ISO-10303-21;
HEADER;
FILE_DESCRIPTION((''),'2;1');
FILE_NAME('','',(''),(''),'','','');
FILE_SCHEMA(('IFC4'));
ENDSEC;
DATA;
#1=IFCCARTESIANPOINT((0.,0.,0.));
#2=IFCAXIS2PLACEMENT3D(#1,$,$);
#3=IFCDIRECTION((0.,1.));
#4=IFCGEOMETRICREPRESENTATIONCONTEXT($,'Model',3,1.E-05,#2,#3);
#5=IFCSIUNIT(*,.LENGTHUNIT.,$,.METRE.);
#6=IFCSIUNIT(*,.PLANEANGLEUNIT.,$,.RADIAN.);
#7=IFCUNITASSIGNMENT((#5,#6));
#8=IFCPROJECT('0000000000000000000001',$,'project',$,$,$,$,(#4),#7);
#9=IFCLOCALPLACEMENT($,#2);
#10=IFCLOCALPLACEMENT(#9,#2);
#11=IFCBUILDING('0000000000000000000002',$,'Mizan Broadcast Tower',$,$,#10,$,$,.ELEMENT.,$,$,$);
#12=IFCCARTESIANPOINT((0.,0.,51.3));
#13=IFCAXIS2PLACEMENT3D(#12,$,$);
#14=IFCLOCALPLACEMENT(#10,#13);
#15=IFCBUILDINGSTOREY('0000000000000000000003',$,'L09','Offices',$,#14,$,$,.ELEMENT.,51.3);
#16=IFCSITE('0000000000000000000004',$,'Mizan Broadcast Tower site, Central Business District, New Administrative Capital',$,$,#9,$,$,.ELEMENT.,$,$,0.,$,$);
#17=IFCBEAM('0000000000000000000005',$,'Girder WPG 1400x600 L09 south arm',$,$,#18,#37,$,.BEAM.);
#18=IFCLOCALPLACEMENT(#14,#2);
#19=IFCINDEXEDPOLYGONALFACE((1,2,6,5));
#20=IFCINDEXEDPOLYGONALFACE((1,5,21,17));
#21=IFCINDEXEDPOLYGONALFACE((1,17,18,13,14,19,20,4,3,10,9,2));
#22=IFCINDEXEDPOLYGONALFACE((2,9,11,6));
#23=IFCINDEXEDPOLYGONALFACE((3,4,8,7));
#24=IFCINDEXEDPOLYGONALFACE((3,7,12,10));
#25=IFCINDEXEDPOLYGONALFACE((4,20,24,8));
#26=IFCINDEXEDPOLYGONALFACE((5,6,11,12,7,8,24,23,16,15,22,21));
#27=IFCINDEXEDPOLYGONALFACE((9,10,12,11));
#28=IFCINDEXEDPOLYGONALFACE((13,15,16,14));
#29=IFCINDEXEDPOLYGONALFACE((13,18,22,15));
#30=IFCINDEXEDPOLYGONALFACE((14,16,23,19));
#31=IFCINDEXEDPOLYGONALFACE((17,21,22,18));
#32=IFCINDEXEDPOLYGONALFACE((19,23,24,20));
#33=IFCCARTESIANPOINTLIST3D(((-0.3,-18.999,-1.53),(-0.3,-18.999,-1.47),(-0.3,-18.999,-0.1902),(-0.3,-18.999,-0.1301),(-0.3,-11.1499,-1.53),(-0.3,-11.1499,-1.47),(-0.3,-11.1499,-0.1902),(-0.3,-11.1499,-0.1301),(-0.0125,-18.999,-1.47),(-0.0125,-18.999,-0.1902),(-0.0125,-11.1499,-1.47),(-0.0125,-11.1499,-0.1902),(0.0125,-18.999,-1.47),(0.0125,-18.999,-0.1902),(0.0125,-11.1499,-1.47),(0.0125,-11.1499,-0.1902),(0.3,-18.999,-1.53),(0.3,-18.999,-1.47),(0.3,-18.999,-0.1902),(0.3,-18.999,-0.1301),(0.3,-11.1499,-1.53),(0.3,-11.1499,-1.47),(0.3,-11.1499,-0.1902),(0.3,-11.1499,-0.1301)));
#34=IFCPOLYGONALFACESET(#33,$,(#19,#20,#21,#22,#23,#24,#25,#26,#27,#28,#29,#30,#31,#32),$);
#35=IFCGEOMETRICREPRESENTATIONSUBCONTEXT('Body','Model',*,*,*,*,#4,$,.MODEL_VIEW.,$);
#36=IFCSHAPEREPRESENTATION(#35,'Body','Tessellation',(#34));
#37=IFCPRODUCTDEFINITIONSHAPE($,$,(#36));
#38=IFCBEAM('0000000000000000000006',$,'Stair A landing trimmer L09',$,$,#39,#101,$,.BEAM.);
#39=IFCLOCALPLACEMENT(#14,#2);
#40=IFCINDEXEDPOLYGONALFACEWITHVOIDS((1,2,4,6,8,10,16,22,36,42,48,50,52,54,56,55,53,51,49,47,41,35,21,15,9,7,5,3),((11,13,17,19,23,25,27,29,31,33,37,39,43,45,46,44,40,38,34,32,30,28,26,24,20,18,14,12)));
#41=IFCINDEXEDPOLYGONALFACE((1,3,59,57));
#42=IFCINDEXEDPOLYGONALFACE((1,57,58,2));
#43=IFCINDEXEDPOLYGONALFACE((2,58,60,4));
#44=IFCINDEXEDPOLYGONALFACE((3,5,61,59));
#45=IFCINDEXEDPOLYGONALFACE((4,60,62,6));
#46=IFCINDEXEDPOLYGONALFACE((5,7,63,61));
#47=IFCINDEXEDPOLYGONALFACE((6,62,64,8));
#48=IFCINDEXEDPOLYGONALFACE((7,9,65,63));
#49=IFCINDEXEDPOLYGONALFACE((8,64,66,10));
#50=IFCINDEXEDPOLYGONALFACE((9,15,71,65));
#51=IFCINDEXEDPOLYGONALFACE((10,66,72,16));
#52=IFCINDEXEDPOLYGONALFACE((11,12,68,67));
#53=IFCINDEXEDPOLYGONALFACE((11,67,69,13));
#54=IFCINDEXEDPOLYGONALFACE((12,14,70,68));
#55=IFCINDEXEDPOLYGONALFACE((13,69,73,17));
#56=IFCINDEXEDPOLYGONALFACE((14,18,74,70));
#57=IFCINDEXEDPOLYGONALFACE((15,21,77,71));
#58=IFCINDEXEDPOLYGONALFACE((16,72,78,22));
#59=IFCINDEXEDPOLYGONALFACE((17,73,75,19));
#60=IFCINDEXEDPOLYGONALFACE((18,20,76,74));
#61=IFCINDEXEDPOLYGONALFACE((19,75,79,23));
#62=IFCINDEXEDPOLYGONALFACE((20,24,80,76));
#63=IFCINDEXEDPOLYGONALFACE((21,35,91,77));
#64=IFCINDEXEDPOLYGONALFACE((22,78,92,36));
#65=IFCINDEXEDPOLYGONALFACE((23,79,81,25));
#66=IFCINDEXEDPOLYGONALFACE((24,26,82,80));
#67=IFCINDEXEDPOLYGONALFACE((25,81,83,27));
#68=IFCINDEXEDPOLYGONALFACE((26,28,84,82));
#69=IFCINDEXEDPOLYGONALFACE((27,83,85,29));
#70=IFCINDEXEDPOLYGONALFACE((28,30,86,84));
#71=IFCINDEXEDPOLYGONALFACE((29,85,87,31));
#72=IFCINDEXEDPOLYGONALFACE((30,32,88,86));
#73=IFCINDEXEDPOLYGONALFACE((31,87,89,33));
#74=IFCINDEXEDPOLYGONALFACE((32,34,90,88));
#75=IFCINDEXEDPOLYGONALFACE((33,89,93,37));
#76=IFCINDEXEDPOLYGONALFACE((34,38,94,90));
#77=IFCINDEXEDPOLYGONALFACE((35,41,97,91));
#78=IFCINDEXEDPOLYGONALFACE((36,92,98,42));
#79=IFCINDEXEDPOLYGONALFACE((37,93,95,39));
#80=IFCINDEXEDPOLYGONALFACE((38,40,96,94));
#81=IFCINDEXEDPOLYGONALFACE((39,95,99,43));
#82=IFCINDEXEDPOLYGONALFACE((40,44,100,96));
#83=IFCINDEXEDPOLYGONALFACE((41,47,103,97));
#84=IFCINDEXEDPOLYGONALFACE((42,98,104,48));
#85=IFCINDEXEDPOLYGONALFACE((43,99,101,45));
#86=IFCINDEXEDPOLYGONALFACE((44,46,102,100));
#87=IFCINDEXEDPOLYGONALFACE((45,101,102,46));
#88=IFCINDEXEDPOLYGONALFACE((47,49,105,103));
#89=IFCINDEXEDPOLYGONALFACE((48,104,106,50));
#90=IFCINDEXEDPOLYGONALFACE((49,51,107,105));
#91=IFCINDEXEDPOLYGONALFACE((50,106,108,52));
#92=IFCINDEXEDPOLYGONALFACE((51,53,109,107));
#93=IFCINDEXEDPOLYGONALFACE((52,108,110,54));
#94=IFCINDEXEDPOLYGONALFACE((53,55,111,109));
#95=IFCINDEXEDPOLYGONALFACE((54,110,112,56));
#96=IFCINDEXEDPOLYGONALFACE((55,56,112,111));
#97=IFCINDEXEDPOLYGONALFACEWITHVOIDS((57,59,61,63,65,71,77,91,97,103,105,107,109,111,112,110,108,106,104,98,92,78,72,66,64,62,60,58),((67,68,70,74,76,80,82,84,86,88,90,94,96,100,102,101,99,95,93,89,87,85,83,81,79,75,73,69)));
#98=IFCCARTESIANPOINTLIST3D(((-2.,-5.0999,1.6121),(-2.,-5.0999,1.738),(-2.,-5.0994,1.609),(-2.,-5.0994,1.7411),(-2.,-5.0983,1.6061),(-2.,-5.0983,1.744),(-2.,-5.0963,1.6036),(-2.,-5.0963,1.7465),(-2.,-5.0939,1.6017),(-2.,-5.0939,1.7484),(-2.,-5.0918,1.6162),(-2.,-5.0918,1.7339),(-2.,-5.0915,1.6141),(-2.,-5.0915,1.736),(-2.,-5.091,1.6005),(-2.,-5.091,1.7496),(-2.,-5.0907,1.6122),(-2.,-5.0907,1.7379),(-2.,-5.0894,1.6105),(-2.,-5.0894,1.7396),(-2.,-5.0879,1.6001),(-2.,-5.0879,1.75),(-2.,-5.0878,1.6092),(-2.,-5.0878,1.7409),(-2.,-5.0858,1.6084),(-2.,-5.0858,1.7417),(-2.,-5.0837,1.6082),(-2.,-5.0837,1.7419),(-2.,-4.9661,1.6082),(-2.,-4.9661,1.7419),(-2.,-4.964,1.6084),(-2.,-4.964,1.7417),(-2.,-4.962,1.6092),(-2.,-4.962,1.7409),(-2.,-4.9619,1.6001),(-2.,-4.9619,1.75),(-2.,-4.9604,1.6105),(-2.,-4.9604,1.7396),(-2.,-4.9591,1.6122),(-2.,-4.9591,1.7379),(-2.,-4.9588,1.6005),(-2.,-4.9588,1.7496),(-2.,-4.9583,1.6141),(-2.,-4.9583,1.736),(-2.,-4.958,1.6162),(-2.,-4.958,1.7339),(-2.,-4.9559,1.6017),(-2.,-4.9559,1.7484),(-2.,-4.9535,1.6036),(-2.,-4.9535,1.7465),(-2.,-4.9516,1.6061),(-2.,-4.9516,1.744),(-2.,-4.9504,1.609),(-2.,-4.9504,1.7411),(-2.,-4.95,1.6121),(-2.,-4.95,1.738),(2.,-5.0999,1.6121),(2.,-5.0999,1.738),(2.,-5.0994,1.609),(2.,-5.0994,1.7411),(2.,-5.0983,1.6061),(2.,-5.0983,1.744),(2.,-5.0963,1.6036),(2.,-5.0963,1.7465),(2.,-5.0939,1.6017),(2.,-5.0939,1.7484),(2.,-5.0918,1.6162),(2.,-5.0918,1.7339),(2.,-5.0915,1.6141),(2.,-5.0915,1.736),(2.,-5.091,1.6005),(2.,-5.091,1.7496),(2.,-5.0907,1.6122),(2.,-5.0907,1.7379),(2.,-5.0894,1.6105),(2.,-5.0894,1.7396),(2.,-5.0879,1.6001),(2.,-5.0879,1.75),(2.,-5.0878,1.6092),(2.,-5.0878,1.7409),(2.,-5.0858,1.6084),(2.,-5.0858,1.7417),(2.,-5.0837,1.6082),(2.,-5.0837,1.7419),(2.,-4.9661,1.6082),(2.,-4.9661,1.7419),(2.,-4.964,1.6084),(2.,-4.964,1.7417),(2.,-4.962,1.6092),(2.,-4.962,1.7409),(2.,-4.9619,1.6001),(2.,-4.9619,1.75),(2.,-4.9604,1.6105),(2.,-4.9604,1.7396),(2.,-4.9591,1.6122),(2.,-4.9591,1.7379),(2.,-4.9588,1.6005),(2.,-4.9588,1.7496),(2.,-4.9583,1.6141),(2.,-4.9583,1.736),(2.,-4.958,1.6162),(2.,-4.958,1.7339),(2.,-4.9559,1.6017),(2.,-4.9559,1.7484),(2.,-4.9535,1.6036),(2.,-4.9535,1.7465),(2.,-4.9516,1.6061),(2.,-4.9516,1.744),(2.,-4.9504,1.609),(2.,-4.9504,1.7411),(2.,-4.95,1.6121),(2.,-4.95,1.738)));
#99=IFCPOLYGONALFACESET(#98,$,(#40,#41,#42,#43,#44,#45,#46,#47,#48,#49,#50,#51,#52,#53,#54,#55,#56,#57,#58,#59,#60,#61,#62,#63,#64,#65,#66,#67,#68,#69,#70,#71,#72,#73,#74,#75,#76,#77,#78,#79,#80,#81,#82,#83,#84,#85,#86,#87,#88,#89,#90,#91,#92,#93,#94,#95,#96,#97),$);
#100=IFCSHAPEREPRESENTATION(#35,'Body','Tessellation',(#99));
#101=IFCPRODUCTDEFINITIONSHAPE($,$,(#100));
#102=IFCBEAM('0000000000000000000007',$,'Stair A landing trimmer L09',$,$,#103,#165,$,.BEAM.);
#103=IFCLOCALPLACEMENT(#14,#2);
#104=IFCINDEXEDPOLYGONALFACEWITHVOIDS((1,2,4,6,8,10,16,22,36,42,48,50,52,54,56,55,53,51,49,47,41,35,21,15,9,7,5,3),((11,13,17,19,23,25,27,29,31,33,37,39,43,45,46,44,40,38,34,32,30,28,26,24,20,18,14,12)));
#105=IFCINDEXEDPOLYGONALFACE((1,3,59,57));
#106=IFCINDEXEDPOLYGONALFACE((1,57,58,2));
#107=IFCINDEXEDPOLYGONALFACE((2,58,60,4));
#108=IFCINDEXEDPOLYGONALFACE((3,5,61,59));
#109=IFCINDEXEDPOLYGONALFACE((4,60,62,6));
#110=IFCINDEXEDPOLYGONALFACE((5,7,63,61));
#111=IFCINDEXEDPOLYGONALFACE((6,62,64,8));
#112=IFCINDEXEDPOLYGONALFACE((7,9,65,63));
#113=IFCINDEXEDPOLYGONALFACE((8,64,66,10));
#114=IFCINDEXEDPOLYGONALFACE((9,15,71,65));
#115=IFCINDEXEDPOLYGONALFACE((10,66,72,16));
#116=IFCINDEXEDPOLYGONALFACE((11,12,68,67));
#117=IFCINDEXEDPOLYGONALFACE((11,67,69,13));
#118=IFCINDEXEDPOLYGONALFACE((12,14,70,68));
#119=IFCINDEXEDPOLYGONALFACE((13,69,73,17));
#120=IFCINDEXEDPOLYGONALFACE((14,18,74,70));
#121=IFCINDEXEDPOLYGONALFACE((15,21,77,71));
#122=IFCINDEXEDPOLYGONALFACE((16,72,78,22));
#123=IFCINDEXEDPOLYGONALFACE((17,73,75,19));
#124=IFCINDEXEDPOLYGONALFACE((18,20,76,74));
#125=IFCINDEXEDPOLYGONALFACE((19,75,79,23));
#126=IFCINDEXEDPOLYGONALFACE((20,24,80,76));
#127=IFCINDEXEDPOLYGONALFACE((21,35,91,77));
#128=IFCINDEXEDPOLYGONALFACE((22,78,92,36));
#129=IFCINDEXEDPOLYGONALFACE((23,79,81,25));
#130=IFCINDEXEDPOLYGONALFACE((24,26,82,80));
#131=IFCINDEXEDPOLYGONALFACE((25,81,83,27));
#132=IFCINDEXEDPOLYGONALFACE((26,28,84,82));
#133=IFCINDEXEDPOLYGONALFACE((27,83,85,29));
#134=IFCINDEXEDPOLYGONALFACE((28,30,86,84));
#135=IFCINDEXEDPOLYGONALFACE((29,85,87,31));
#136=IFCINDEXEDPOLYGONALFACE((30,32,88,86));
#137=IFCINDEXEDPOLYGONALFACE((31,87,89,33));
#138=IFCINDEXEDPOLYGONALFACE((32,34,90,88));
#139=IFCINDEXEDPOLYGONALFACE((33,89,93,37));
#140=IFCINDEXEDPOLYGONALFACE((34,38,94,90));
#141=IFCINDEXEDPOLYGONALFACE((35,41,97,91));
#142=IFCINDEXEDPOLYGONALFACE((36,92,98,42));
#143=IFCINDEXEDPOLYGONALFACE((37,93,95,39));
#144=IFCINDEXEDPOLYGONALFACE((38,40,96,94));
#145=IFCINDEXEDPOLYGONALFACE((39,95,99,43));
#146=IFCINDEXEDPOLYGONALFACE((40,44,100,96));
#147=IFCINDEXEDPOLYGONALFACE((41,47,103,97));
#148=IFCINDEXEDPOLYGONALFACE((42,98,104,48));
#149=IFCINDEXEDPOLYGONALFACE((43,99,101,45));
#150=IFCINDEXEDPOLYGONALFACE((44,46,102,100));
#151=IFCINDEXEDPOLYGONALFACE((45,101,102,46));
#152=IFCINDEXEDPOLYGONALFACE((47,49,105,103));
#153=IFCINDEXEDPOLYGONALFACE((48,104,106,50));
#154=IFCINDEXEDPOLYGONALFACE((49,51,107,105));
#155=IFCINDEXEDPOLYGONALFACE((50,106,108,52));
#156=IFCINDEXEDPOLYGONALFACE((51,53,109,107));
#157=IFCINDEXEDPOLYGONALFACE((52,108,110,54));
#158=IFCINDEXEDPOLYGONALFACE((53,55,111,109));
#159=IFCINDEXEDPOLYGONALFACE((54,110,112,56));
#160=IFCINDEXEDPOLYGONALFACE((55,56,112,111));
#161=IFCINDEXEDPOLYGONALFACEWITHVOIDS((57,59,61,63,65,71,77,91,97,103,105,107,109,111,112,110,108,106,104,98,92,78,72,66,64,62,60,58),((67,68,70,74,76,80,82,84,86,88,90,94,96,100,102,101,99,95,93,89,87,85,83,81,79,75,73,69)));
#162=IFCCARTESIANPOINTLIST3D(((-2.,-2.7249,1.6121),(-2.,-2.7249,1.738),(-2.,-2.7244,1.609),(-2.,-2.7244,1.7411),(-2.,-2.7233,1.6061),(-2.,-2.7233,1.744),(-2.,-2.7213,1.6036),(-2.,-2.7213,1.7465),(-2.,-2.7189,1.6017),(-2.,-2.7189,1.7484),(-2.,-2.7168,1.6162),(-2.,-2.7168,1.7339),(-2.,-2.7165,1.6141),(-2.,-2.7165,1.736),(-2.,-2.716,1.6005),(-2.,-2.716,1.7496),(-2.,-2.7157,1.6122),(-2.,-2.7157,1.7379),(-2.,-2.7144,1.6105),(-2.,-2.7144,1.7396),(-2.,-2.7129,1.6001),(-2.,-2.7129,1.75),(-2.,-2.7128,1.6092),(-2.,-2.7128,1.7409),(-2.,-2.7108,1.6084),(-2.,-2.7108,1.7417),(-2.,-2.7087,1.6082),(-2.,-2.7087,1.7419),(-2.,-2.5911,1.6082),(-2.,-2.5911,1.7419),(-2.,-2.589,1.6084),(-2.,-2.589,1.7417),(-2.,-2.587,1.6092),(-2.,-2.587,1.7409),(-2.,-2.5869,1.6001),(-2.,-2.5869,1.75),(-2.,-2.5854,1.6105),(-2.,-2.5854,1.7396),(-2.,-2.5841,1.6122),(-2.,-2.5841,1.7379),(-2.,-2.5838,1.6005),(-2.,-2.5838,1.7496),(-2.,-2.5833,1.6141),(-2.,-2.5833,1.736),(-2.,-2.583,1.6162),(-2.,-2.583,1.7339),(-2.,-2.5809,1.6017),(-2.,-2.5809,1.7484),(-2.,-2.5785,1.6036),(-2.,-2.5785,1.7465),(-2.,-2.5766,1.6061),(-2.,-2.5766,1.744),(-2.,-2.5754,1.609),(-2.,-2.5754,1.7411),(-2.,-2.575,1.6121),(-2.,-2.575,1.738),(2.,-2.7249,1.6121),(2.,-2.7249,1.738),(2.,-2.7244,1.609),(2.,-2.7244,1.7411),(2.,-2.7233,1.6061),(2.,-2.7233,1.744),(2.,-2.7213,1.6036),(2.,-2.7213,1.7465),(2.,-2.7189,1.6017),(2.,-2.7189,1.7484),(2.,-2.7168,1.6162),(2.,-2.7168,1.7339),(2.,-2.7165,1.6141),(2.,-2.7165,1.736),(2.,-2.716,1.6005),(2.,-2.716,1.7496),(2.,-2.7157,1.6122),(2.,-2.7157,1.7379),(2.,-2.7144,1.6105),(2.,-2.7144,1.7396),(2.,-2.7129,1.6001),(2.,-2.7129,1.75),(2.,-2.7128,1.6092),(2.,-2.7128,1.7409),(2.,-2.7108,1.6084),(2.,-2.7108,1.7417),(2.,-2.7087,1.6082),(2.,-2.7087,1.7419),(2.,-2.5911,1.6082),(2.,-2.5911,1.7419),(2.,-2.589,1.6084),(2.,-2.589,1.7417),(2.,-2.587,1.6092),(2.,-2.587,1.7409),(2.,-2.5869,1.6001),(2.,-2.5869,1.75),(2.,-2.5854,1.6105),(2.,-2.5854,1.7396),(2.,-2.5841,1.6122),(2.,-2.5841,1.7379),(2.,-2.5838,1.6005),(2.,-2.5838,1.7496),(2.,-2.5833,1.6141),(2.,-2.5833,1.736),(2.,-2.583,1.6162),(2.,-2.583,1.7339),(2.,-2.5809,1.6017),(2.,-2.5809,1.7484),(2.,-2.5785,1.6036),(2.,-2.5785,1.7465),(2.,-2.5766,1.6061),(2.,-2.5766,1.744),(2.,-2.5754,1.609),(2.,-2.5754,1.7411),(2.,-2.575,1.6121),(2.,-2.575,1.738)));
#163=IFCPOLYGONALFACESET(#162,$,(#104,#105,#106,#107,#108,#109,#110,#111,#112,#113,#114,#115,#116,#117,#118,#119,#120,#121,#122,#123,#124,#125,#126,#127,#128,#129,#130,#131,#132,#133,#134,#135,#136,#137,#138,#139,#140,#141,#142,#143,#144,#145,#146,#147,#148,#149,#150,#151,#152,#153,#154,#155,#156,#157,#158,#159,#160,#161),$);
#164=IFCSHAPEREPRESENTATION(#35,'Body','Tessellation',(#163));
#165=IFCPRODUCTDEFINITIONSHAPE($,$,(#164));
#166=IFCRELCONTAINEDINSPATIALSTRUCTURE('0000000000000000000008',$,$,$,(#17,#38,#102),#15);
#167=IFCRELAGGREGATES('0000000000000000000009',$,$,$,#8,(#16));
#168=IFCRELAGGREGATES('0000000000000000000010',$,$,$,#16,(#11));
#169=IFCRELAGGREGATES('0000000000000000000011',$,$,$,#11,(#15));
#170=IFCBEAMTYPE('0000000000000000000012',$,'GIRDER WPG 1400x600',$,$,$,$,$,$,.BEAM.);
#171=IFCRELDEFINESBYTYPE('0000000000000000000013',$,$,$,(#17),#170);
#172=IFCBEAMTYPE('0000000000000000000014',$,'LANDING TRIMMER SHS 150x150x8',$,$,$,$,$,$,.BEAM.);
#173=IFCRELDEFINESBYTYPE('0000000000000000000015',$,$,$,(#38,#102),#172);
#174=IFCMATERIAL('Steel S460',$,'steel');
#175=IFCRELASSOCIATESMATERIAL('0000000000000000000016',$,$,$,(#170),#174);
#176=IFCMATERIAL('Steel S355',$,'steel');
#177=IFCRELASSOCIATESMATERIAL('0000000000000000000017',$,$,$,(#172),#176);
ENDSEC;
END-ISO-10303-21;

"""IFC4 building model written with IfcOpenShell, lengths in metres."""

from ifc_helpers import new_model, si_unit, direction, frame, origin, origin_2d, place, context, subcontext, project, spatial, hollow_rectangle, i_section, extrude, material, material_profile, profile_set, type_object, element, save


model = new_model("IFC4")

# Units and contexts
model_context = context("Model", 3, precision=1e-05, world=origin(), true_north=direction((0.0, 1.0)))
body_context = subcontext(model_context, "Body", "Model", "MODEL_VIEW")
ifc_project = project(units=[si_unit("LENGTHUNIT", "METRE"), si_unit("PLANEANGLEUNIT", "RADIAN")], contexts=[model_context])

# Site, building, storey
site_placement = place(None, origin())
site = spatial("IfcSite", under=ifc_project, at=site_placement, Name="Mizan Broadcast Tower site, Central Business District, New Administrative Capital", CompositionType="ELEMENT", RefElevation=0.0)
building_placement = place(site_placement, origin())
building = spatial("IfcBuilding", under=site, at=building_placement, Name="Mizan Broadcast Tower", CompositionType="ELEMENT")
storey_placement = place(building_placement, frame((0.0, 0.0, 51.3)))
storey = spatial("IfcBuildingStorey", under=building, at=storey_placement, Name="L09", Description="Offices", CompositionType="ELEMENT", Elevation=51.3)

# Beams
ifc_material_1 = material(Name="Steel S460", Category="steel")
ifc_material_profile_1 = material_profile(ifc_material_1, i_section(OverallWidth=0.6001, OverallDepth=1.3999, WebThickness=0.0249, FlangeThickness=0.0601, at=origin_2d()), Name="WPG 1400x600")
ifc_profile_set_1 = profile_set([ifc_material_profile_1], Name="Steel S460")
beam_type_1 = type_object("IfcBeamType", Name="GIRDER WPG 1400x600", PredefinedType="BEAM", material=ifc_profile_set_1)
beam_placement = place(storey_placement, frame((0.0, -11.1499, -0.8301), z_axis=(0.0, -1.0, 0.0), x_axis=(1.0, 0.0, 0.0)))
element("IfcBeam", 1, at=beam_placement, inside=storey, type_object=beam_type_1, Name="Girder WPG 1400x600 L09 south arm", PredefinedType="BEAM", context=body_context, shape_type="SweptSolid", body=[
    extrude(i_section(OverallWidth=0.6001, OverallDepth=1.3999, WebThickness=0.0249, FlangeThickness=0.0601, at=origin_2d()), origin(), (0.0, 0.0, 1.0), 7.8491),
])
ifc_material_2 = material(Name="Steel S355", Category="steel")
ifc_material_profile_2 = material_profile(ifc_material_2, hollow_rectangle(XDim=0.1499, YDim=0.1499, WallThickness=0.0081, InnerFilletRadius=0.0081, OuterFilletRadius=0.012, at=origin_2d()), Name="SHS 150x150x8")
ifc_profile_set_2 = profile_set([ifc_material_profile_2], Name="Steel S355")
beam_type_2 = type_object("IfcBeamType", Name="LANDING TRIMMER SHS 150x150x8", PredefinedType="BEAM", material=ifc_profile_set_2)
for number, where, z_axis, x_axis, name in (
    (2, (-2.0, -5.0249, 1.675), (1.0, 0.0, 0.0), (0.0, 1.0, 0.0), "Stair A landing trimmer L09"),
    (3, (-2.0, -2.6499, 1.675), (1.0, 0.0, 0.0), (0.0, 1.0, 0.0), "Stair A landing trimmer L09"),
):
    element("IfcBeam", number, at=place(storey_placement, frame(where, z_axis=z_axis, x_axis=x_axis)), inside=storey, type_object=beam_type_2, Name=name, PredefinedType="BEAM", context=body_context, shape_type="SweptSolid", body=[
        extrude(hollow_rectangle(XDim=0.1499, YDim=0.1499, WallThickness=0.0081, InnerFilletRadius=0.0081, OuterFilletRadius=0.012, at=origin_2d()), origin(), (0.0, 0.0, 1.0), 4.0),
    ])

save(model, "model.ifc")
